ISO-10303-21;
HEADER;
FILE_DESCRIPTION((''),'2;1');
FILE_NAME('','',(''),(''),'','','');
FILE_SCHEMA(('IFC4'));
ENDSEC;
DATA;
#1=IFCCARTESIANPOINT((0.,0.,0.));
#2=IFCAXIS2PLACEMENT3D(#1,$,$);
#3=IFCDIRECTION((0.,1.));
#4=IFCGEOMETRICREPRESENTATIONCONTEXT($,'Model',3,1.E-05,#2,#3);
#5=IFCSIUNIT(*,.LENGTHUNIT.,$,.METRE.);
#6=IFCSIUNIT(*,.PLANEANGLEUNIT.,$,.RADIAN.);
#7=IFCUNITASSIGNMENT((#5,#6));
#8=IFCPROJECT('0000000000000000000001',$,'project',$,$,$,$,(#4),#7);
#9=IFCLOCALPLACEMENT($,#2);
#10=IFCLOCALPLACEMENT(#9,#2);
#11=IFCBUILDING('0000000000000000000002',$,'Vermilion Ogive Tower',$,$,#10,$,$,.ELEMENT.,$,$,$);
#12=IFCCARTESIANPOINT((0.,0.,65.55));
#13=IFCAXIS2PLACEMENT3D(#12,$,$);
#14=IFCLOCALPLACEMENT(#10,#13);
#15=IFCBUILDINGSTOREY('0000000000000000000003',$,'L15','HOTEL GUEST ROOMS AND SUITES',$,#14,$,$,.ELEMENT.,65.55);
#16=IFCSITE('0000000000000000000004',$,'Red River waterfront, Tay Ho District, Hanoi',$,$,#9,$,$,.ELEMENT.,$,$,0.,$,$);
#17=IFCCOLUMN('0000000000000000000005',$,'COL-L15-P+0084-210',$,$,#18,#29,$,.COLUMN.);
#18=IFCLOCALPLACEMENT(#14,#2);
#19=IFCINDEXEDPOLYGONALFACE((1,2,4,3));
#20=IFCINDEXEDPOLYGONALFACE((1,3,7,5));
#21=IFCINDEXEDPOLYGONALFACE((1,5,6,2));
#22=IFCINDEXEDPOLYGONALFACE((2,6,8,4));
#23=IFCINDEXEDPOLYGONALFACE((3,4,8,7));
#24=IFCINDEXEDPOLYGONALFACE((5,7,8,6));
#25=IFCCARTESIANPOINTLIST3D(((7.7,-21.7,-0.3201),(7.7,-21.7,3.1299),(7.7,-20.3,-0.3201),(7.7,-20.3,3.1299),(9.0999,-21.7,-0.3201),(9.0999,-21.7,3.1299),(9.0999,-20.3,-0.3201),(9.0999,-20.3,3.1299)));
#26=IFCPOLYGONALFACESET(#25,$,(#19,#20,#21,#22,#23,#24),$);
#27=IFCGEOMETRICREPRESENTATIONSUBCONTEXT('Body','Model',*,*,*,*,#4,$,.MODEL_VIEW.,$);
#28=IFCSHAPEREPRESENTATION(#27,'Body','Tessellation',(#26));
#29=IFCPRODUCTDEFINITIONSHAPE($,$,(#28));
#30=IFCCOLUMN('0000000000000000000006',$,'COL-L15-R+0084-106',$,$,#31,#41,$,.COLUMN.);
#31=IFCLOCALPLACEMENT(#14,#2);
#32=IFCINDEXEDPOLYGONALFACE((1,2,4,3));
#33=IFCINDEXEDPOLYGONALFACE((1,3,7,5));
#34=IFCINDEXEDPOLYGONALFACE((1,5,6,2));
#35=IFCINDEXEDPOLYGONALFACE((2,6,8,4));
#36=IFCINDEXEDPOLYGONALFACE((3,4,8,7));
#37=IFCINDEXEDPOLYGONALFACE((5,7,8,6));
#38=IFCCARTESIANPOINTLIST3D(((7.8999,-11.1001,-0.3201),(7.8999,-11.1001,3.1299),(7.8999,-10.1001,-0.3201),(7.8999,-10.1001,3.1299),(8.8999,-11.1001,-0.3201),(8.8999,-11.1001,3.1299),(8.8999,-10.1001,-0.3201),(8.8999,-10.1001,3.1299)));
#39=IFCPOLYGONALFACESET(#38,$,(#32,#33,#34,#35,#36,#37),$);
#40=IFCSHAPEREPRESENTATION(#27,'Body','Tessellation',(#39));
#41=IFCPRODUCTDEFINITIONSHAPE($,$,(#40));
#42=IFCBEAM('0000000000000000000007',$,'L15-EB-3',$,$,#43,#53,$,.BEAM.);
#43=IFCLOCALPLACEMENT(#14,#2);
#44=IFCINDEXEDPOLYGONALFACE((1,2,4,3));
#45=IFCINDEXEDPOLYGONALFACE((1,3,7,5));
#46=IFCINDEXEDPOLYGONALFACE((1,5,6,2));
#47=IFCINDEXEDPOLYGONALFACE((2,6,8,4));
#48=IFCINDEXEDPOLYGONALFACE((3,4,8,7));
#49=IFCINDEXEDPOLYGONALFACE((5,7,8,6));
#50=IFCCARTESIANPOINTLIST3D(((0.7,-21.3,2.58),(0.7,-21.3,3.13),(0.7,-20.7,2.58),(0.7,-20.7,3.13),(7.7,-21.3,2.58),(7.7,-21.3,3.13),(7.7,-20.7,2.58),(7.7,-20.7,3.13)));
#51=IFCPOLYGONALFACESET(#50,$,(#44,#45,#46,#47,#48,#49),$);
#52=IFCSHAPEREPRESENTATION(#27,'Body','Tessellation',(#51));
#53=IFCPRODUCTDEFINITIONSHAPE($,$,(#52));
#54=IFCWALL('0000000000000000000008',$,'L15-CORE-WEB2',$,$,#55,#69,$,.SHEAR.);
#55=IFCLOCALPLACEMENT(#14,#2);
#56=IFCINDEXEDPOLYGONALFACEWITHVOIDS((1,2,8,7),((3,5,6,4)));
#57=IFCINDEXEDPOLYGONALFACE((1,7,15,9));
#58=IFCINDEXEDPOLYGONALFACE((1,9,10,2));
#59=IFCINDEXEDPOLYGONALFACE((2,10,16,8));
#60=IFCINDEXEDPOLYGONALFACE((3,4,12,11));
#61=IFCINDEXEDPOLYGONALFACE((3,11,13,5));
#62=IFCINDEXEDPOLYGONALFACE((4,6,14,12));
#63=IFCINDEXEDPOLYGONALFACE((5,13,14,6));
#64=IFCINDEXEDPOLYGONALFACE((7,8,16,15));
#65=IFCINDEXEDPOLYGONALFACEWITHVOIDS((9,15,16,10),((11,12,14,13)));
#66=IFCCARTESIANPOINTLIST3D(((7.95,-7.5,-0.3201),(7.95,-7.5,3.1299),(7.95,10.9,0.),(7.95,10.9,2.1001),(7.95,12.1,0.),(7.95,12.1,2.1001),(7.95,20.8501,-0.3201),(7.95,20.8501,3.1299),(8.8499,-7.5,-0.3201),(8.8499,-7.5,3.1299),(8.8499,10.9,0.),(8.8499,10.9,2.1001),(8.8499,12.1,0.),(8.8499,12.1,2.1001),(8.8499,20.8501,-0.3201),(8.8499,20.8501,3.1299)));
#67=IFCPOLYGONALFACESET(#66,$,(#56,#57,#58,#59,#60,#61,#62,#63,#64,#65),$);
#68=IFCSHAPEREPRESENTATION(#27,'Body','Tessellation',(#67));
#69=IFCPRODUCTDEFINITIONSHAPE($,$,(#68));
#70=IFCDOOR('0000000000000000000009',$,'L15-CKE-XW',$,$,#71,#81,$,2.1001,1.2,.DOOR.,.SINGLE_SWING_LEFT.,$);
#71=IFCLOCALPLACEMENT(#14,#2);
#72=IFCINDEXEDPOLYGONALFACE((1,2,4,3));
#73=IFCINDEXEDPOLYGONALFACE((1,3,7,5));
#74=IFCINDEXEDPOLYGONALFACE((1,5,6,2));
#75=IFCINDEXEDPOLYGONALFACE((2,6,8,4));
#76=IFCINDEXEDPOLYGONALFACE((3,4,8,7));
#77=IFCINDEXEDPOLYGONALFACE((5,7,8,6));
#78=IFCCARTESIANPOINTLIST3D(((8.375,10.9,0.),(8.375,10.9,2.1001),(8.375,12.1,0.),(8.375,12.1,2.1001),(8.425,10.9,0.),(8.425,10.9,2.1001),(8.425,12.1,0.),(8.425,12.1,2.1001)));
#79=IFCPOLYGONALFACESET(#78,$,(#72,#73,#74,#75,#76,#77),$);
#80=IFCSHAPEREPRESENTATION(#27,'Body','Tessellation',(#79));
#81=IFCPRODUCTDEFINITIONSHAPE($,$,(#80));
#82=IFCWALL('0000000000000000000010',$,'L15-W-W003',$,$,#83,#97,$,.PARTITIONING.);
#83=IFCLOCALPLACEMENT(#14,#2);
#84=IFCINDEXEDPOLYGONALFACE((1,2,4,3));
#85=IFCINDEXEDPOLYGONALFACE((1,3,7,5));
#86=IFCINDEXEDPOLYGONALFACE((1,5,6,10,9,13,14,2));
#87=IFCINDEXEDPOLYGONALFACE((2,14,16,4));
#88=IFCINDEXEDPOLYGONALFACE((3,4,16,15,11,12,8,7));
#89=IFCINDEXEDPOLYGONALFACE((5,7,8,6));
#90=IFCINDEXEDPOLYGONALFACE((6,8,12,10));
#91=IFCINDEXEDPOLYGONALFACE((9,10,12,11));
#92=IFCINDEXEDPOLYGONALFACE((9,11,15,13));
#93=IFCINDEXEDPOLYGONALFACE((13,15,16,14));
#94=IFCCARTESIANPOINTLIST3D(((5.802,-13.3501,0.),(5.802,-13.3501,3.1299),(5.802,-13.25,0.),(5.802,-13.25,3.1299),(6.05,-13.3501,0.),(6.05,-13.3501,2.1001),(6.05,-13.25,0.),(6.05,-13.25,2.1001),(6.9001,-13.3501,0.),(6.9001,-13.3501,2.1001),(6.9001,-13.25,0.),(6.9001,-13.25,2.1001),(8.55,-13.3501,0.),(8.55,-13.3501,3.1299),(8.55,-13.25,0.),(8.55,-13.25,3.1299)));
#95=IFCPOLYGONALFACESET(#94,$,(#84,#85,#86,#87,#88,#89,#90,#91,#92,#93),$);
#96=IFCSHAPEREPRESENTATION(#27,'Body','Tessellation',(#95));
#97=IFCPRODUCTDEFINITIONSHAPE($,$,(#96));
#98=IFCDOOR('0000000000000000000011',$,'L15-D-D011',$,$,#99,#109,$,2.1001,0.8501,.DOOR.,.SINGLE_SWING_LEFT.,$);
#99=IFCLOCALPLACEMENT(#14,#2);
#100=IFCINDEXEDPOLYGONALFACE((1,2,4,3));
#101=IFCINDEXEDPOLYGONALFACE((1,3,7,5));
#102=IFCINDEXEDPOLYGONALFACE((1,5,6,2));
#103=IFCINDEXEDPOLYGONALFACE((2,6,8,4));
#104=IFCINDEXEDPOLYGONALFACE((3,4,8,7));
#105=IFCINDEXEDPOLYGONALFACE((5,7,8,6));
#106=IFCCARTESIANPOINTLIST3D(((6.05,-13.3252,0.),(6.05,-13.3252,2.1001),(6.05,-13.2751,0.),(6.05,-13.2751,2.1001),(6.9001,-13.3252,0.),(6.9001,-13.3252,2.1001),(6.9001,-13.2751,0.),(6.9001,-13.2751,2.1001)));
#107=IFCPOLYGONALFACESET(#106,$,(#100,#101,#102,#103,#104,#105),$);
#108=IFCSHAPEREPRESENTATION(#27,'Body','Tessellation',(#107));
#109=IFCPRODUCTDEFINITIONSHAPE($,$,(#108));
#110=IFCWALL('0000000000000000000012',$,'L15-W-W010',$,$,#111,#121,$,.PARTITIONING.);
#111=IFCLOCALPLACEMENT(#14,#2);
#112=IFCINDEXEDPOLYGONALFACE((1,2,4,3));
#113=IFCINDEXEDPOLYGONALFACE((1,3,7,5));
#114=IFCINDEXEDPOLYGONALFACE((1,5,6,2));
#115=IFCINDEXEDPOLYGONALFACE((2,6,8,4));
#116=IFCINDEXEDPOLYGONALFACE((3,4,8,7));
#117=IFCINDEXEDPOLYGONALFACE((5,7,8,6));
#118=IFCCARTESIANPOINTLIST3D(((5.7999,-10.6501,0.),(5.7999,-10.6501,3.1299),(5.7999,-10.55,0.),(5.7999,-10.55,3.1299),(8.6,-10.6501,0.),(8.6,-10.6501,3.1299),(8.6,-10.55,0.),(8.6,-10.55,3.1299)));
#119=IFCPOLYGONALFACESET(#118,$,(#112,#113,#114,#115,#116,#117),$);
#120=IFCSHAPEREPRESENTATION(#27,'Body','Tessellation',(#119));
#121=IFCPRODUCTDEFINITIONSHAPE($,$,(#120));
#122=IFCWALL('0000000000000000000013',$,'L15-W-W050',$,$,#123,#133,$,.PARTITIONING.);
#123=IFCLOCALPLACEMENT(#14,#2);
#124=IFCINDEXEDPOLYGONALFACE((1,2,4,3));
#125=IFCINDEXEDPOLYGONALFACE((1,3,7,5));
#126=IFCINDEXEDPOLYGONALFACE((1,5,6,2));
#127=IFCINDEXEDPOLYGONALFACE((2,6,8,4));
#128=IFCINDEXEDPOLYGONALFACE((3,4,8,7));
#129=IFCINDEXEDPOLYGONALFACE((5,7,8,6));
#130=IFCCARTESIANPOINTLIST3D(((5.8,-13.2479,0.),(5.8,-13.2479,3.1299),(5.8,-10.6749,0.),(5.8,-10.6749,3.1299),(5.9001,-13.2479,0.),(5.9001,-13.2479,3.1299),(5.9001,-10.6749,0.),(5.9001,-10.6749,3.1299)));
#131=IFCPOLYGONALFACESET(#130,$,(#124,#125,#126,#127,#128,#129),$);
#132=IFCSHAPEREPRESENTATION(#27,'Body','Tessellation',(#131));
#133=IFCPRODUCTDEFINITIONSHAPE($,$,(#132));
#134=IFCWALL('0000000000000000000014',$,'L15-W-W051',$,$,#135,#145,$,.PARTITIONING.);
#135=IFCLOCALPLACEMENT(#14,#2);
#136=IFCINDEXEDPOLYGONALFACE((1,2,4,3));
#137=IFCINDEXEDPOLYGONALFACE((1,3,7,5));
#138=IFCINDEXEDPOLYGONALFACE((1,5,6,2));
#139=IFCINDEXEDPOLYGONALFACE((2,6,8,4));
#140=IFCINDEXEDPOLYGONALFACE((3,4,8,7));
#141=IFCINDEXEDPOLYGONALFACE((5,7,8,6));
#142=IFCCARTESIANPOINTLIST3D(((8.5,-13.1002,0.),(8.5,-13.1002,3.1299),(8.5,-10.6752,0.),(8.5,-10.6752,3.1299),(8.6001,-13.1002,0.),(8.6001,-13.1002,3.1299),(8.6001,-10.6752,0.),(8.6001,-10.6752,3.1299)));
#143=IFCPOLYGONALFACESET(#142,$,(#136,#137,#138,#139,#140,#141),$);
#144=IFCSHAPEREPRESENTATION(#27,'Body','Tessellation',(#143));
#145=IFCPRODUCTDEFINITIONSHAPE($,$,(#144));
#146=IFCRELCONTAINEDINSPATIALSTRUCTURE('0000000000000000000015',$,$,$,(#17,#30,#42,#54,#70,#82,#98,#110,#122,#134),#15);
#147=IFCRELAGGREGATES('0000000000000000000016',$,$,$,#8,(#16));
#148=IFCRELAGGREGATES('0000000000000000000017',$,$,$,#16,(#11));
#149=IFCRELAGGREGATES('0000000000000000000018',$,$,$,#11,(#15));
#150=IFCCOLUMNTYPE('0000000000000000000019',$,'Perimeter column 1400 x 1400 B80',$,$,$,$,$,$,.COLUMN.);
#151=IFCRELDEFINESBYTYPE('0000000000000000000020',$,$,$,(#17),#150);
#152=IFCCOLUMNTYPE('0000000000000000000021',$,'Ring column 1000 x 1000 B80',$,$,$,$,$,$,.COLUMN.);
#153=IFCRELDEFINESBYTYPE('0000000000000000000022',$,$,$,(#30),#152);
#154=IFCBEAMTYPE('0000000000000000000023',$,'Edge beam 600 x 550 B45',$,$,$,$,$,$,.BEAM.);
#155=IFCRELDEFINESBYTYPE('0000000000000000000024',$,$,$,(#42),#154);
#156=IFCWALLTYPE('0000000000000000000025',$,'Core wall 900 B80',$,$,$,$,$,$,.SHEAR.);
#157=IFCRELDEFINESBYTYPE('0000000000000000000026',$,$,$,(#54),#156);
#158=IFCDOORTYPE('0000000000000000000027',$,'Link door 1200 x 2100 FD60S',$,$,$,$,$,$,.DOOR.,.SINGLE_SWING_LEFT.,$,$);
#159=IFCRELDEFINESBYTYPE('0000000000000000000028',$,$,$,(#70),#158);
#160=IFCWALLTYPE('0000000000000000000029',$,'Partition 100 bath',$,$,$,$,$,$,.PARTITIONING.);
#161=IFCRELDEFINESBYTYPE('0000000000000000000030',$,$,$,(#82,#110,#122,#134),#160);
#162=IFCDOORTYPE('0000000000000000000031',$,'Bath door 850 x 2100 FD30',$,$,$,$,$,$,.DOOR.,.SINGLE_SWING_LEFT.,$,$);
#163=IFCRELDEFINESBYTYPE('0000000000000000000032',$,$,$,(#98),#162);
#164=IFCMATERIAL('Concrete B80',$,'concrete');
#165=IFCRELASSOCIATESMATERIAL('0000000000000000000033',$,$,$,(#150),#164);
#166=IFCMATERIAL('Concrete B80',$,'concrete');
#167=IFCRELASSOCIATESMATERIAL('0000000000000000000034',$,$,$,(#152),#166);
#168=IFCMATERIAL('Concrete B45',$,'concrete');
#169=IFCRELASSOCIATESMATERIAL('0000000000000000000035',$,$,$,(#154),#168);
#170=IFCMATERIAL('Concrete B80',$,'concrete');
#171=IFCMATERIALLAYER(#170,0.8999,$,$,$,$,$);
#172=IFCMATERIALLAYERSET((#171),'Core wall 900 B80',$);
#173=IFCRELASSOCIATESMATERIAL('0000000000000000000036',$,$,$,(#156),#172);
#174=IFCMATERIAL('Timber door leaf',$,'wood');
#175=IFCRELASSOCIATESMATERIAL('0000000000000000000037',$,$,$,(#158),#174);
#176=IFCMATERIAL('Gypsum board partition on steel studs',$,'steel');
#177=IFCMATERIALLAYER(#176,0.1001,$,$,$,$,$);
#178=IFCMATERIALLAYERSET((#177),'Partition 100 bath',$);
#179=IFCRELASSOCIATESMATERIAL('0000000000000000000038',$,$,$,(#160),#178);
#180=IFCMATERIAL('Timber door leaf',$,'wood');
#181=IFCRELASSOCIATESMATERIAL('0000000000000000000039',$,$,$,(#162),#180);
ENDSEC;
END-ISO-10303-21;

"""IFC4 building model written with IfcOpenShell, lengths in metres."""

from ifc_helpers import new_model, si_unit, direction, frame, frame_2d, origin, origin_2d, place, context, subcontext, project, spatial, rectangle, extrude, material, layer, layer_set, material_profile, profile_set, type_object, element, fill, save


model = new_model("IFC4")

# Units and contexts
model_context = context("Model", 3, precision=1e-05, world=origin(), true_north=direction((0.0, 1.0)))
body_context = subcontext(model_context, "Body", "Model", "MODEL_VIEW")
ifc_project = project(units=[si_unit("LENGTHUNIT", "METRE"), si_unit("PLANEANGLEUNIT", "RADIAN")], contexts=[model_context])

# Site, building, storey
site_placement = place(None, origin())
site = spatial("IfcSite", under=ifc_project, at=site_placement, Name="Red River waterfront, Tay Ho District, Hanoi", CompositionType="ELEMENT", RefElevation=0.0)
building_placement = place(site_placement, origin())
building = spatial("IfcBuilding", under=site, at=building_placement, Name="Vermilion Ogive Tower", CompositionType="ELEMENT")
storey_placement = place(building_placement, frame((0.0, 0.0, 65.55)))
storey = spatial("IfcBuildingStorey", under=building, at=storey_placement, Name="L15", Description="HOTEL GUEST ROOMS AND SUITES", CompositionType="ELEMENT", Elevation=65.55)

# Columns
ifc_material_1 = material(Name="Concrete B80", Category="concrete")
ifc_material_profile_1 = material_profile(ifc_material_1, rectangle(XDim=1.3999, YDim=1.3999, at=origin_2d()), Name="1400 x 1400")
ifc_profile_set_1 = profile_set([ifc_material_profile_1], Name="Concrete B80")
column_type_1 = type_object("IfcColumnType", Name="Perimeter column 1400 x 1400 B80", PredefinedType="COLUMN", material=ifc_profile_set_1)
column_1_placement = place(storey_placement, frame((8.3999, -21.0, -0.3201), z_axis=(0.0, 0.0, 1.0), x_axis=(1.0, 0.0, 0.0)))
element("IfcColumn", 1, at=column_1_placement, inside=storey, type_object=column_type_1, Name="COL-L15-P+0084-210", PredefinedType="COLUMN", context=body_context, shape_type="SweptSolid", body=[
    extrude(rectangle(XDim=1.3999, YDim=1.3999, at=origin_2d()), origin(), (0.0, 0.0, 1.0), 3.45),
])
ifc_material_2 = material(Name="Concrete B80", Category="concrete")
ifc_material_profile_2 = material_profile(ifc_material_2, rectangle(XDim=1.0, YDim=1.0, at=origin_2d()), Name="1000 x 1000")
ifc_profile_set_2 = profile_set([ifc_material_profile_2], Name="Concrete B80")
column_type_2 = type_object("IfcColumnType", Name="Ring column 1000 x 1000 B80", PredefinedType="COLUMN", material=ifc_profile_set_2)
column_2_placement = place(storey_placement, frame((8.3999, -10.6001, -0.3201), z_axis=(0.0, 0.0, 1.0), x_axis=(1.0, 0.0, 0.0)))
element("IfcColumn", 2, at=column_2_placement, inside=storey, type_object=column_type_2, Name="COL-L15-R+0084-106", PredefinedType="COLUMN", context=body_context, shape_type="SweptSolid", body=[
    extrude(rectangle(XDim=1.0, YDim=1.0, at=origin_2d()), origin(), (0.0, 0.0, 1.0), 3.45),
])

# Beam
ifc_material_3 = material(Name="Concrete B45", Category="concrete")
ifc_material_profile_3 = material_profile(ifc_material_3, rectangle(XDim=0.6001, YDim=0.55, at=origin_2d()), Name="600 x 550")
ifc_profile_set_3 = profile_set([ifc_material_profile_3], Name="Concrete B45")
beam_type = type_object("IfcBeamType", Name="Edge beam 600 x 550 B45", PredefinedType="BEAM", material=ifc_profile_set_3)
beam_placement = place(storey_placement, frame((0.7, -21.0, 2.855), z_axis=(1.0, 0.0, 0.0), x_axis=(0.0, 1.0, 0.0)))
element("IfcBeam", 3, at=beam_placement, inside=storey, type_object=beam_type, Name="L15-EB-3", PredefinedType="BEAM", context=body_context, shape_type="SweptSolid", body=[
    extrude(rectangle(XDim=0.6001, YDim=0.55, at=origin_2d()), origin(), (0.0, 0.0, 1.0), 7.0),
])

# Walls, openings, doors
ifc_material_4 = material(Name="Concrete B80", Category="concrete")
ifc_layer_1 = layer(ifc_material_4, 0.8999)
ifc_layer_set_1 = layer_set([ifc_layer_1], Name="Core wall 900 B80")
wall_type_1 = type_object("IfcWallType", Name="Core wall 900 B80", PredefinedType="SHEAR", material=ifc_layer_set_1)
wall_1_placement = place(storey_placement, frame((8.3999, -7.5, -0.3201), z_axis=(0.0, 0.0, 1.0), x_axis=(0.0, 1.0, 0.0)))
wall_1 = element("IfcWall", 4, at=wall_1_placement, inside=storey, type_object=wall_type_1, Name="L15-CORE-WEB2", PredefinedType="SHEAR", context=body_context, shape_type="SweptSolid", body=[
    extrude(rectangle(XDim=28.3501, YDim=0.8999, at=frame_2d((14.175, 0.0))), origin(), (0.0, 0.0, 1.0), 3.45),
])
opening_1_placement = place(wall_1_placement, frame((18.3999, 0.0, 0.3201)))
opening_1 = element("IfcOpeningElement", 5, at=opening_1_placement, cuts=wall_1, PredefinedType="OPENING", context=body_context, shape_type="SweptSolid", body=[
    extrude(rectangle(XDim=1.2, YDim=2.1001, at=frame_2d((0.6001, 1.05))), frame((0.0, 0.46, 0.0), z_axis=(0.0, -1.0, 0.0), x_axis=(1.0, 0.0, 0.0)), (0.0, 0.0, 1.0), 0.9199),
])
ifc_material_5 = material(Name="Timber door leaf", Category="wood")
door_type_1 = type_object("IfcDoorType", Name="Link door 1200 x 2100 FD60S", OperationType="SINGLE_SWING_LEFT", PredefinedType="DOOR", material=ifc_material_5)
door_1_placement = place(opening_1_placement, origin())
door_1 = element("IfcDoor", 6, at=door_1_placement, inside=storey, type_object=door_type_1, Name="L15-CKE-XW", OperationType="SINGLE_SWING_LEFT", OverallHeight=2.1001, OverallWidth=1.2, PredefinedType="DOOR", context=body_context, shape_type="SweptSolid", body=[
    extrude(rectangle(XDim=1.2, YDim=2.1001, at=frame_2d((0.6001, 1.05))), frame((0.0, 0.0249, 0.0), z_axis=(0.0, -1.0, 0.0), x_axis=(1.0, 0.0, 0.0)), (0.0, 0.0, 1.0), 0.05),
])
fill(opening_1, door_1)
ifc_material_6 = material(Name="Gypsum board partition on steel studs", Category="steel")
ifc_layer_2 = layer(ifc_material_6, 0.1001)
ifc_layer_set_2 = layer_set([ifc_layer_2], Name="Partition 100 bath")
wall_type_2 = type_object("IfcWallType", Name="Partition 100 bath", PredefinedType="PARTITIONING", material=ifc_layer_set_2)
wall_2_placement = place(storey_placement, frame((5.802, -13.3, 0.0), z_axis=(0.0, 0.0, 1.0), x_axis=(1.0, 0.0, 0.0)))
wall_2 = element("IfcWall", 7, at=wall_2_placement, inside=storey, type_object=wall_type_2, Name="L15-W-W003", PredefinedType="PARTITIONING", context=body_context, shape_type="SweptSolid", body=[
    extrude(rectangle(XDim=2.748, YDim=0.1001, at=frame_2d((1.374, 0.0))), origin(), (0.0, 0.0, 1.0), 3.1299),
])
opening_2_placement = place(wall_2_placement, frame((0.248, 0.0, 0.0)))
opening_2 = element("IfcOpeningElement", 8, at=opening_2_placement, cuts=wall_2, PredefinedType="OPENING", context=body_context, shape_type="SweptSolid", body=[
    extrude(rectangle(XDim=0.8501, YDim=2.1001, at=frame_2d((0.425, 1.05))), frame((0.0, 0.0601, 0.0), z_axis=(0.0, -1.0, 0.0), x_axis=(1.0, 0.0, 0.0)), (0.0, 0.0, 1.0), 0.1201),
])
ifc_material_7 = material(Name="Timber door leaf", Category="wood")
door_type_2 = type_object("IfcDoorType", Name="Bath door 850 x 2100 FD30", OperationType="SINGLE_SWING_LEFT", PredefinedType="DOOR", material=ifc_material_7)
door_2_placement = place(opening_2_placement, origin())
door_2 = element("IfcDoor", 9, at=door_2_placement, inside=storey, type_object=door_type_2, Name="L15-D-D011", OperationType="SINGLE_SWING_LEFT", OverallHeight=2.1001, OverallWidth=0.8501, PredefinedType="DOOR", context=body_context, shape_type="SweptSolid", body=[
    extrude(rectangle(XDim=0.8501, YDim=2.1001, at=frame_2d((0.425, 1.05))), frame((0.0, 0.0249, 0.0), z_axis=(0.0, -1.0, 0.0), x_axis=(1.0, 0.0, 0.0)), (0.0, 0.0, 1.0), 0.05),
])
fill(opening_2, door_2)

# Walls
wall_3_placement = place(storey_placement, frame((5.8, -10.6001, 0.0), z_axis=(0.0, 0.0, 1.0), x_axis=(1.0, 0.0, 0.0)))
element("IfcWall", 10, at=wall_3_placement, inside=storey, type_object=wall_type_2, Name="L15-W-W010", PredefinedType="PARTITIONING", context=body_context, shape_type="SweptSolid", body=[
    extrude(rectangle(XDim=2.8, YDim=0.1001, at=frame_2d((1.3999, 0.0))), origin(), (0.0, 0.0, 1.0), 3.1299),
])
wall_4_placement = place(storey_placement, frame((5.8501, -13.248, 0.0), z_axis=(0.0, 0.0, 1.0), x_axis=(0.0, 1.0, 0.0)))
element("IfcWall", 11, at=wall_4_placement, inside=storey, type_object=wall_type_2, Name="L15-W-W050", PredefinedType="PARTITIONING", context=body_context, shape_type="SweptSolid", body=[
    extrude(rectangle(XDim=2.573, YDim=0.1001, at=frame_2d((1.2866, 0.0))), origin(), (0.0, 0.0, 1.0), 3.1299),
])
wall_5_placement = place(storey_placement, frame((8.55, -13.1001, 0.0), z_axis=(0.0, 0.0, 1.0), x_axis=(0.0, 1.0, 0.0)))
element("IfcWall", 12, at=wall_5_placement, inside=storey, type_object=wall_type_2, Name="L15-W-W051", PredefinedType="PARTITIONING", context=body_context, shape_type="SweptSolid", body=[
    extrude(rectangle(XDim=2.425, YDim=0.1001, at=frame_2d((1.2124, 0.0))), origin(), (0.0, 0.0, 1.0), 3.1299),
])

save(model, "model.ifc")
